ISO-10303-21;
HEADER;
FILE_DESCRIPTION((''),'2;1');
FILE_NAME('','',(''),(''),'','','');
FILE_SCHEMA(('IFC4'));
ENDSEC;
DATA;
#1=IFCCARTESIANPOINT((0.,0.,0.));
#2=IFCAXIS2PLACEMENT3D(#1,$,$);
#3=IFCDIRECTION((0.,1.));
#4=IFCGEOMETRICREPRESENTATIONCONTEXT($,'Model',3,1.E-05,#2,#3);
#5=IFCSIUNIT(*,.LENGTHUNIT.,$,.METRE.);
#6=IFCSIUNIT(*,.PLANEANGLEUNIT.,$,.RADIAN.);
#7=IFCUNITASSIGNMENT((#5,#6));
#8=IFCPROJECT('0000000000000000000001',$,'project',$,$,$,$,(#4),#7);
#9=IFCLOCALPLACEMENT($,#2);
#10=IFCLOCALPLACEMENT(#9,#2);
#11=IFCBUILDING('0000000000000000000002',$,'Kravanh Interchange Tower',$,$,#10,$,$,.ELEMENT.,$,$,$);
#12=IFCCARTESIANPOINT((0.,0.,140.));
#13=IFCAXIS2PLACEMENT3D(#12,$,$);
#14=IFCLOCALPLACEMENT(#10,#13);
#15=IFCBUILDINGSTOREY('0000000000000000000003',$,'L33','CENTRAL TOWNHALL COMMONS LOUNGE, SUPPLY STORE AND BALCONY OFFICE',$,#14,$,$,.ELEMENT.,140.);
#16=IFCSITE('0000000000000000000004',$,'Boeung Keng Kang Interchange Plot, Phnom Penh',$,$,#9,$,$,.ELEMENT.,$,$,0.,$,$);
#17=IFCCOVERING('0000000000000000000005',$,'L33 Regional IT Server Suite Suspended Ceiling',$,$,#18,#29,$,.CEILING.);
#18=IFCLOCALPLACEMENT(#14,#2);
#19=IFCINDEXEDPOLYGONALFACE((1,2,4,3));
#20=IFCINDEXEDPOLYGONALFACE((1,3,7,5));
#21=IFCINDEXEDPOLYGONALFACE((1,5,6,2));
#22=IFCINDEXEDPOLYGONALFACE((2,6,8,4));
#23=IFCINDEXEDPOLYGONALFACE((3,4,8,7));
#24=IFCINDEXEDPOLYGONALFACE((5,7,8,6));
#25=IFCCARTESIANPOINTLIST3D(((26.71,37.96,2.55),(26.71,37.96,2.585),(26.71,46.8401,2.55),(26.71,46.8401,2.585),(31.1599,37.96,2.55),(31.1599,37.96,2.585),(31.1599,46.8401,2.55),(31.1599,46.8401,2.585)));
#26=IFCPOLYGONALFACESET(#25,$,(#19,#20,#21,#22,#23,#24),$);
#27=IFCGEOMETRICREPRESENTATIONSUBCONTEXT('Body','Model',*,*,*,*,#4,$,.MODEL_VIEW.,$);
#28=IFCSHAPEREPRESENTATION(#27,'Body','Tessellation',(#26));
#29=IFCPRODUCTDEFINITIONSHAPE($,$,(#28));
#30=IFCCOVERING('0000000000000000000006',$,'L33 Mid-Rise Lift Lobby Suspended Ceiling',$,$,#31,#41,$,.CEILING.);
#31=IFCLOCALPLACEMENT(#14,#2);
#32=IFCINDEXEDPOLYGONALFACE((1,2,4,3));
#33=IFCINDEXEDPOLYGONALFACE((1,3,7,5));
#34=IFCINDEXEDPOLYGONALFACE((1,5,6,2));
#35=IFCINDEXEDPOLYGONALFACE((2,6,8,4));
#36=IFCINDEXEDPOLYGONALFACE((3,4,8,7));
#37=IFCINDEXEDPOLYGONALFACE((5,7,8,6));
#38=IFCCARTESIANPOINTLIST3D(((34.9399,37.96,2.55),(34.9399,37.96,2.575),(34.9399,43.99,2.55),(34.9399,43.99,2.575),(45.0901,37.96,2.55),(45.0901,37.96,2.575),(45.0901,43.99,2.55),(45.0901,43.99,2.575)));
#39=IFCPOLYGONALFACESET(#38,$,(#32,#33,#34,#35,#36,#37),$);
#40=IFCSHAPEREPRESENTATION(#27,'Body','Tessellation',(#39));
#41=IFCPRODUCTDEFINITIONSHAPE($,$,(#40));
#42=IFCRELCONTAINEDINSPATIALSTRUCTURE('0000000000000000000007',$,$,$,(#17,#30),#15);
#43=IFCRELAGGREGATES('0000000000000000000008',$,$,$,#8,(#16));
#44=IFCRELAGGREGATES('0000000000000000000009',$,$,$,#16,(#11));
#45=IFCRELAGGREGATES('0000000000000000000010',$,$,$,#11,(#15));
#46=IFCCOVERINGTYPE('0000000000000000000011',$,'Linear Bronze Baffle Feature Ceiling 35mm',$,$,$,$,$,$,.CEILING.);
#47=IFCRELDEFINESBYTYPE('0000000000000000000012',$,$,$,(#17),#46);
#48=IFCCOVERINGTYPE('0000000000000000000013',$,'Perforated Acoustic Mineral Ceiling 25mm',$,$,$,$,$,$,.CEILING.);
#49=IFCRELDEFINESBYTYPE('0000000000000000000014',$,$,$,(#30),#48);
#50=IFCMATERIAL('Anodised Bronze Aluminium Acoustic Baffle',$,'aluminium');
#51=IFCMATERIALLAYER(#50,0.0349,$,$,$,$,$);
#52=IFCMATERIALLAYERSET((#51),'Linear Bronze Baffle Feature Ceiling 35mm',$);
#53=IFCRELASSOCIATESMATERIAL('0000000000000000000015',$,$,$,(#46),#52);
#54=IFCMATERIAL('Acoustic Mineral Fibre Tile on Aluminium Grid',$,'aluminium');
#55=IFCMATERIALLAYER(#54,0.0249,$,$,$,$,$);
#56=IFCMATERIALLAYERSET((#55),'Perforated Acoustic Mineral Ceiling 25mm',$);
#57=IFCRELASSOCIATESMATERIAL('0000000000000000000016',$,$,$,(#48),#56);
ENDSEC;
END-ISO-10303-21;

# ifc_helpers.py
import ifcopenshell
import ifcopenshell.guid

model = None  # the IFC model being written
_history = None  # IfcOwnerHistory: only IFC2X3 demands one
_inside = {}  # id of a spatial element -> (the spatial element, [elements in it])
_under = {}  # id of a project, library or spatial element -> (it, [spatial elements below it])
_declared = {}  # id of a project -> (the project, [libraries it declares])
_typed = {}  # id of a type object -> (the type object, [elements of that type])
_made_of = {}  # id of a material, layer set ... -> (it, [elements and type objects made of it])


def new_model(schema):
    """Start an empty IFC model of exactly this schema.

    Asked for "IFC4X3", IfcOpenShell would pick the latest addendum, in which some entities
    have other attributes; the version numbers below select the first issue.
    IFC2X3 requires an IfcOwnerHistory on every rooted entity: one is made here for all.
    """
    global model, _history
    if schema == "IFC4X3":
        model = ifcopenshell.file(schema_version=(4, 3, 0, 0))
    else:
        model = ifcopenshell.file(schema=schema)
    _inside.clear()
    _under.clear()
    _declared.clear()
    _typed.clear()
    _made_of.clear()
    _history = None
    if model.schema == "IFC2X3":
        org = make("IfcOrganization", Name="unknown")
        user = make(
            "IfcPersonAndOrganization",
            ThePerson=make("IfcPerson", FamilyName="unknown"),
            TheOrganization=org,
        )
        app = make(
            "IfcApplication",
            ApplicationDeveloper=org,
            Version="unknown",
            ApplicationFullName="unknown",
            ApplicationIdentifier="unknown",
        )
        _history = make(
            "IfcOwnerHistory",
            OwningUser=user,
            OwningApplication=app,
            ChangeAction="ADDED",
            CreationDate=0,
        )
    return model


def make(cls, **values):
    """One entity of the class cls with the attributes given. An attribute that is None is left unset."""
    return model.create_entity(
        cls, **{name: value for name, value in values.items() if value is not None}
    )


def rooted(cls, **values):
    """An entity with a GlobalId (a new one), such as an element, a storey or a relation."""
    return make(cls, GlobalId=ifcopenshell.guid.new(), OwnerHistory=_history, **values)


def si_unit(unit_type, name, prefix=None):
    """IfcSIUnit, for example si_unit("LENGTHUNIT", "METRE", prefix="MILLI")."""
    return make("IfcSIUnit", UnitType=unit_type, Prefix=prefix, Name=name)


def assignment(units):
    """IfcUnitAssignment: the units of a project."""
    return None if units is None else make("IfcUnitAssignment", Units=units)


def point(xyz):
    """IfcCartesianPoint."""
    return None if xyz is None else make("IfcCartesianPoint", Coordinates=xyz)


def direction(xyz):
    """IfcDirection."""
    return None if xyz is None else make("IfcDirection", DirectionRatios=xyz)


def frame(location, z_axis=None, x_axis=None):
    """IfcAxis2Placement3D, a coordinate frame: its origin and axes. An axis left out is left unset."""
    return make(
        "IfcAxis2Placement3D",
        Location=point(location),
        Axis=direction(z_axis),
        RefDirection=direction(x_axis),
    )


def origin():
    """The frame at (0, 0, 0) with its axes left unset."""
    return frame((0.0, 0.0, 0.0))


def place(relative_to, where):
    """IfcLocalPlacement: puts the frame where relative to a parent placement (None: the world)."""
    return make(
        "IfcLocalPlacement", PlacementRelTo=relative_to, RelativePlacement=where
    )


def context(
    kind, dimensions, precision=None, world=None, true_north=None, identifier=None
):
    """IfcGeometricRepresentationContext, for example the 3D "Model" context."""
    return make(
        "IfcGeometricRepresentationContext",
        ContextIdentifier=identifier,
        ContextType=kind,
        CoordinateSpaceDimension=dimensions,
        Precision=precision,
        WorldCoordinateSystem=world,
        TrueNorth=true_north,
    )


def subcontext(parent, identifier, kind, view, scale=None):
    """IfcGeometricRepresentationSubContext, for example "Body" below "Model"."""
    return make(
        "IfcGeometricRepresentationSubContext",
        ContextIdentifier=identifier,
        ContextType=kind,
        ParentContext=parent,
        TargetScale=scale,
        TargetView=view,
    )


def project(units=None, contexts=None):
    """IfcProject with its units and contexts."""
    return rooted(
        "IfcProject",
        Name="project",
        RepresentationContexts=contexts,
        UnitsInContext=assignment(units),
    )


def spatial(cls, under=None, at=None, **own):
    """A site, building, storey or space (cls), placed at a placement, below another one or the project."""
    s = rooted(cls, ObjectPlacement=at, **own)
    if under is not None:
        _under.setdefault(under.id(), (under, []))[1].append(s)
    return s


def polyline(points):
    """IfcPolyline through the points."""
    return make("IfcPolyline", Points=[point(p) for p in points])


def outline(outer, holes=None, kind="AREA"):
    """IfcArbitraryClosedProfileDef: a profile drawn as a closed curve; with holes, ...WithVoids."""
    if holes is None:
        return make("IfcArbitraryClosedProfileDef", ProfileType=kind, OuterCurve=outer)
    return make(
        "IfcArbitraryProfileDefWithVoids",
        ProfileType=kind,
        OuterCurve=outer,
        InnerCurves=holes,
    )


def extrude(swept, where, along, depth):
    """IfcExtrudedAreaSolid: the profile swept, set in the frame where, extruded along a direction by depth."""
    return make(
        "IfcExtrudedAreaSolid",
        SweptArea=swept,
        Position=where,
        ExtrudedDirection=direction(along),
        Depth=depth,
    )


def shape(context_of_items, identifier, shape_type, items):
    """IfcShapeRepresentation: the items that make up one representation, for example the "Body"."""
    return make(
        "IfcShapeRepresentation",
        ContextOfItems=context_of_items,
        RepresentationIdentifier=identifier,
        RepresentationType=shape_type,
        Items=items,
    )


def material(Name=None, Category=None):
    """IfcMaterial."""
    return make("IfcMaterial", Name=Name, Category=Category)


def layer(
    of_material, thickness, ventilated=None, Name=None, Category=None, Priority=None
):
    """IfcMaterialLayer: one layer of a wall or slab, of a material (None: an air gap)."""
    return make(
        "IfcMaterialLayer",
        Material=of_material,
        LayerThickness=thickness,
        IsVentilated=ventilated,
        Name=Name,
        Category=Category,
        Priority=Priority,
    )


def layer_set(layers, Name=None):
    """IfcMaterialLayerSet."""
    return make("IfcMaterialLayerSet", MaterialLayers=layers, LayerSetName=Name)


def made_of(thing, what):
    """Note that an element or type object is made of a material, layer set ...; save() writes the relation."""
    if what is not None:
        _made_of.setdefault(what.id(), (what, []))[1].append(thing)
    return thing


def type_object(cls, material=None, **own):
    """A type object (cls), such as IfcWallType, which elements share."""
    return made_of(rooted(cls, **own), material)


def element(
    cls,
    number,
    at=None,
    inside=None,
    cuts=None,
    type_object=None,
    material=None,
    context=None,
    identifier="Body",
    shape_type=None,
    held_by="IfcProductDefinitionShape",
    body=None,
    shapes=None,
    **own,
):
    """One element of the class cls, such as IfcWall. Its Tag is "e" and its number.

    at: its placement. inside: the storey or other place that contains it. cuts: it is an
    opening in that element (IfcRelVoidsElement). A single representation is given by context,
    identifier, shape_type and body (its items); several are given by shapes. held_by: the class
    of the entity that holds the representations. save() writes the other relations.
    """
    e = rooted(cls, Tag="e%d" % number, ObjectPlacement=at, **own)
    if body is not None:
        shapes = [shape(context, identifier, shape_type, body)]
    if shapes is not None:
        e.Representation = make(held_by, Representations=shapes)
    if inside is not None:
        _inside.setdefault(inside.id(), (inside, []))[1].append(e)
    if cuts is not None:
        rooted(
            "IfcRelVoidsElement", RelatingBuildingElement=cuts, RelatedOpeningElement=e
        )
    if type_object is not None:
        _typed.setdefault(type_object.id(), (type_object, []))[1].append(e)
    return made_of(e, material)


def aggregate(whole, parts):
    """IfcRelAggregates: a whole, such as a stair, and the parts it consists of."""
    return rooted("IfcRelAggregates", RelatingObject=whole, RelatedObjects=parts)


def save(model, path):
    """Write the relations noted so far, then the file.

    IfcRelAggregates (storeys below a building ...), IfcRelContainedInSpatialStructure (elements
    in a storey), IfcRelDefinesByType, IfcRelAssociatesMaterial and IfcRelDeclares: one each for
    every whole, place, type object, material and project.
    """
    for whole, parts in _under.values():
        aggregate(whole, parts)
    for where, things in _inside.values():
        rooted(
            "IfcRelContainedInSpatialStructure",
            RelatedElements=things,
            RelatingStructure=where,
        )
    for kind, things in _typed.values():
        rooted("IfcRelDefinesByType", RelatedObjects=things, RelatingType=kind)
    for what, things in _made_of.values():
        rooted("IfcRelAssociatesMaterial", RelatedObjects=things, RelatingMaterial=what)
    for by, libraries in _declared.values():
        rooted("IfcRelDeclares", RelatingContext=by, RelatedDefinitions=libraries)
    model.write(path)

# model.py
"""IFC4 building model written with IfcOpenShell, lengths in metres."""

from ifc_helpers import new_model, si_unit, direction, frame, origin, place, context, subcontext, project, spatial, polyline, outline, extrude, material, layer, layer_set, type_object, element, save


model = new_model("IFC4")

# Units and contexts
model_context = context("Model", 3, precision=1e-05, world=origin(), true_north=direction((0.0, 1.0)))
body_context = subcontext(model_context, "Body", "Model", "MODEL_VIEW")
ifc_project = project(units=[si_unit("LENGTHUNIT", "METRE"), si_unit("PLANEANGLEUNIT", "RADIAN")], contexts=[model_context])

# Site, building, storey
site_placement = place(None, origin())
site = spatial("IfcSite", under=ifc_project, at=site_placement, Name="Boeung Keng Kang Interchange Plot, Phnom Penh", CompositionType="ELEMENT", RefElevation=0.0)
building_placement = place(site_placement, origin())
building = spatial("IfcBuilding", under=site, at=building_placement, Name="Kravanh Interchange Tower", CompositionType="ELEMENT")
storey_placement = place(building_placement, frame((0.0, 0.0, 140.0)))
storey = spatial("IfcBuildingStorey", under=building, at=storey_placement, Name="L33", Description="CENTRAL TOWNHALL COMMONS LOUNGE, SUPPLY STORE AND BALCONY OFFICE", CompositionType="ELEMENT", Elevation=140.0)

# Coverings
ifc_material_1 = material(Name="Anodised Bronze Aluminium Acoustic Baffle", Category="aluminium")
ifc_layer_1 = layer(ifc_material_1, 0.0349)
ifc_layer_set_1 = layer_set([ifc_layer_1], Name="Linear Bronze Baffle Feature Ceiling 35mm")
covering_type_1 = type_object("IfcCoveringType", Name="Linear Bronze Baffle Feature Ceiling 35mm", PredefinedType="CEILING", material=ifc_layer_set_1)
covering_1_placement = place(storey_placement, frame((0.0, 0.0, 2.55)))
element("IfcCovering", 1, at=covering_1_placement, inside=storey, type_object=covering_type_1, Name="L33 Regional IT Server Suite Suspended Ceiling", PredefinedType="CEILING", context=body_context, shape_type="SweptSolid", body=[
    extrude(outline(polyline([(31.1599, 37.96), (26.71, 37.96), (26.71, 46.8401), (31.1599, 46.8401), (31.1599, 37.96)])), origin(), (0.0, 0.0, 1.0), 0.0349),
])
ifc_material_2 = material(Name="Acoustic Mineral Fibre Tile on Aluminium Grid", Category="aluminium")
ifc_layer_2 = layer(ifc_material_2, 0.0249)
ifc_layer_set_2 = layer_set([ifc_layer_2], Name="Perforated Acoustic Mineral Ceiling 25mm")
covering_type_2 = type_object("IfcCoveringType", Name="Perforated Acoustic Mineral Ceiling 25mm", PredefinedType="CEILING", material=ifc_layer_set_2)
covering_2_placement = place(storey_placement, frame((0.0, 0.0, 2.55)))
element("IfcCovering", 2, at=covering_2_placement, inside=storey, type_object=covering_type_2, Name="L33 Mid-Rise Lift Lobby Suspended Ceiling", PredefinedType="CEILING", context=body_context, shape_type="SweptSolid", body=[
    extrude(outline(polyline([(45.0901, 37.96), (34.9399, 37.96), (34.9399, 43.99), (45.0901, 43.99), (45.0901, 37.96)])), origin(), (0.0, 0.0, 1.0), 0.0249),
])

save(model, "model.ifc")
